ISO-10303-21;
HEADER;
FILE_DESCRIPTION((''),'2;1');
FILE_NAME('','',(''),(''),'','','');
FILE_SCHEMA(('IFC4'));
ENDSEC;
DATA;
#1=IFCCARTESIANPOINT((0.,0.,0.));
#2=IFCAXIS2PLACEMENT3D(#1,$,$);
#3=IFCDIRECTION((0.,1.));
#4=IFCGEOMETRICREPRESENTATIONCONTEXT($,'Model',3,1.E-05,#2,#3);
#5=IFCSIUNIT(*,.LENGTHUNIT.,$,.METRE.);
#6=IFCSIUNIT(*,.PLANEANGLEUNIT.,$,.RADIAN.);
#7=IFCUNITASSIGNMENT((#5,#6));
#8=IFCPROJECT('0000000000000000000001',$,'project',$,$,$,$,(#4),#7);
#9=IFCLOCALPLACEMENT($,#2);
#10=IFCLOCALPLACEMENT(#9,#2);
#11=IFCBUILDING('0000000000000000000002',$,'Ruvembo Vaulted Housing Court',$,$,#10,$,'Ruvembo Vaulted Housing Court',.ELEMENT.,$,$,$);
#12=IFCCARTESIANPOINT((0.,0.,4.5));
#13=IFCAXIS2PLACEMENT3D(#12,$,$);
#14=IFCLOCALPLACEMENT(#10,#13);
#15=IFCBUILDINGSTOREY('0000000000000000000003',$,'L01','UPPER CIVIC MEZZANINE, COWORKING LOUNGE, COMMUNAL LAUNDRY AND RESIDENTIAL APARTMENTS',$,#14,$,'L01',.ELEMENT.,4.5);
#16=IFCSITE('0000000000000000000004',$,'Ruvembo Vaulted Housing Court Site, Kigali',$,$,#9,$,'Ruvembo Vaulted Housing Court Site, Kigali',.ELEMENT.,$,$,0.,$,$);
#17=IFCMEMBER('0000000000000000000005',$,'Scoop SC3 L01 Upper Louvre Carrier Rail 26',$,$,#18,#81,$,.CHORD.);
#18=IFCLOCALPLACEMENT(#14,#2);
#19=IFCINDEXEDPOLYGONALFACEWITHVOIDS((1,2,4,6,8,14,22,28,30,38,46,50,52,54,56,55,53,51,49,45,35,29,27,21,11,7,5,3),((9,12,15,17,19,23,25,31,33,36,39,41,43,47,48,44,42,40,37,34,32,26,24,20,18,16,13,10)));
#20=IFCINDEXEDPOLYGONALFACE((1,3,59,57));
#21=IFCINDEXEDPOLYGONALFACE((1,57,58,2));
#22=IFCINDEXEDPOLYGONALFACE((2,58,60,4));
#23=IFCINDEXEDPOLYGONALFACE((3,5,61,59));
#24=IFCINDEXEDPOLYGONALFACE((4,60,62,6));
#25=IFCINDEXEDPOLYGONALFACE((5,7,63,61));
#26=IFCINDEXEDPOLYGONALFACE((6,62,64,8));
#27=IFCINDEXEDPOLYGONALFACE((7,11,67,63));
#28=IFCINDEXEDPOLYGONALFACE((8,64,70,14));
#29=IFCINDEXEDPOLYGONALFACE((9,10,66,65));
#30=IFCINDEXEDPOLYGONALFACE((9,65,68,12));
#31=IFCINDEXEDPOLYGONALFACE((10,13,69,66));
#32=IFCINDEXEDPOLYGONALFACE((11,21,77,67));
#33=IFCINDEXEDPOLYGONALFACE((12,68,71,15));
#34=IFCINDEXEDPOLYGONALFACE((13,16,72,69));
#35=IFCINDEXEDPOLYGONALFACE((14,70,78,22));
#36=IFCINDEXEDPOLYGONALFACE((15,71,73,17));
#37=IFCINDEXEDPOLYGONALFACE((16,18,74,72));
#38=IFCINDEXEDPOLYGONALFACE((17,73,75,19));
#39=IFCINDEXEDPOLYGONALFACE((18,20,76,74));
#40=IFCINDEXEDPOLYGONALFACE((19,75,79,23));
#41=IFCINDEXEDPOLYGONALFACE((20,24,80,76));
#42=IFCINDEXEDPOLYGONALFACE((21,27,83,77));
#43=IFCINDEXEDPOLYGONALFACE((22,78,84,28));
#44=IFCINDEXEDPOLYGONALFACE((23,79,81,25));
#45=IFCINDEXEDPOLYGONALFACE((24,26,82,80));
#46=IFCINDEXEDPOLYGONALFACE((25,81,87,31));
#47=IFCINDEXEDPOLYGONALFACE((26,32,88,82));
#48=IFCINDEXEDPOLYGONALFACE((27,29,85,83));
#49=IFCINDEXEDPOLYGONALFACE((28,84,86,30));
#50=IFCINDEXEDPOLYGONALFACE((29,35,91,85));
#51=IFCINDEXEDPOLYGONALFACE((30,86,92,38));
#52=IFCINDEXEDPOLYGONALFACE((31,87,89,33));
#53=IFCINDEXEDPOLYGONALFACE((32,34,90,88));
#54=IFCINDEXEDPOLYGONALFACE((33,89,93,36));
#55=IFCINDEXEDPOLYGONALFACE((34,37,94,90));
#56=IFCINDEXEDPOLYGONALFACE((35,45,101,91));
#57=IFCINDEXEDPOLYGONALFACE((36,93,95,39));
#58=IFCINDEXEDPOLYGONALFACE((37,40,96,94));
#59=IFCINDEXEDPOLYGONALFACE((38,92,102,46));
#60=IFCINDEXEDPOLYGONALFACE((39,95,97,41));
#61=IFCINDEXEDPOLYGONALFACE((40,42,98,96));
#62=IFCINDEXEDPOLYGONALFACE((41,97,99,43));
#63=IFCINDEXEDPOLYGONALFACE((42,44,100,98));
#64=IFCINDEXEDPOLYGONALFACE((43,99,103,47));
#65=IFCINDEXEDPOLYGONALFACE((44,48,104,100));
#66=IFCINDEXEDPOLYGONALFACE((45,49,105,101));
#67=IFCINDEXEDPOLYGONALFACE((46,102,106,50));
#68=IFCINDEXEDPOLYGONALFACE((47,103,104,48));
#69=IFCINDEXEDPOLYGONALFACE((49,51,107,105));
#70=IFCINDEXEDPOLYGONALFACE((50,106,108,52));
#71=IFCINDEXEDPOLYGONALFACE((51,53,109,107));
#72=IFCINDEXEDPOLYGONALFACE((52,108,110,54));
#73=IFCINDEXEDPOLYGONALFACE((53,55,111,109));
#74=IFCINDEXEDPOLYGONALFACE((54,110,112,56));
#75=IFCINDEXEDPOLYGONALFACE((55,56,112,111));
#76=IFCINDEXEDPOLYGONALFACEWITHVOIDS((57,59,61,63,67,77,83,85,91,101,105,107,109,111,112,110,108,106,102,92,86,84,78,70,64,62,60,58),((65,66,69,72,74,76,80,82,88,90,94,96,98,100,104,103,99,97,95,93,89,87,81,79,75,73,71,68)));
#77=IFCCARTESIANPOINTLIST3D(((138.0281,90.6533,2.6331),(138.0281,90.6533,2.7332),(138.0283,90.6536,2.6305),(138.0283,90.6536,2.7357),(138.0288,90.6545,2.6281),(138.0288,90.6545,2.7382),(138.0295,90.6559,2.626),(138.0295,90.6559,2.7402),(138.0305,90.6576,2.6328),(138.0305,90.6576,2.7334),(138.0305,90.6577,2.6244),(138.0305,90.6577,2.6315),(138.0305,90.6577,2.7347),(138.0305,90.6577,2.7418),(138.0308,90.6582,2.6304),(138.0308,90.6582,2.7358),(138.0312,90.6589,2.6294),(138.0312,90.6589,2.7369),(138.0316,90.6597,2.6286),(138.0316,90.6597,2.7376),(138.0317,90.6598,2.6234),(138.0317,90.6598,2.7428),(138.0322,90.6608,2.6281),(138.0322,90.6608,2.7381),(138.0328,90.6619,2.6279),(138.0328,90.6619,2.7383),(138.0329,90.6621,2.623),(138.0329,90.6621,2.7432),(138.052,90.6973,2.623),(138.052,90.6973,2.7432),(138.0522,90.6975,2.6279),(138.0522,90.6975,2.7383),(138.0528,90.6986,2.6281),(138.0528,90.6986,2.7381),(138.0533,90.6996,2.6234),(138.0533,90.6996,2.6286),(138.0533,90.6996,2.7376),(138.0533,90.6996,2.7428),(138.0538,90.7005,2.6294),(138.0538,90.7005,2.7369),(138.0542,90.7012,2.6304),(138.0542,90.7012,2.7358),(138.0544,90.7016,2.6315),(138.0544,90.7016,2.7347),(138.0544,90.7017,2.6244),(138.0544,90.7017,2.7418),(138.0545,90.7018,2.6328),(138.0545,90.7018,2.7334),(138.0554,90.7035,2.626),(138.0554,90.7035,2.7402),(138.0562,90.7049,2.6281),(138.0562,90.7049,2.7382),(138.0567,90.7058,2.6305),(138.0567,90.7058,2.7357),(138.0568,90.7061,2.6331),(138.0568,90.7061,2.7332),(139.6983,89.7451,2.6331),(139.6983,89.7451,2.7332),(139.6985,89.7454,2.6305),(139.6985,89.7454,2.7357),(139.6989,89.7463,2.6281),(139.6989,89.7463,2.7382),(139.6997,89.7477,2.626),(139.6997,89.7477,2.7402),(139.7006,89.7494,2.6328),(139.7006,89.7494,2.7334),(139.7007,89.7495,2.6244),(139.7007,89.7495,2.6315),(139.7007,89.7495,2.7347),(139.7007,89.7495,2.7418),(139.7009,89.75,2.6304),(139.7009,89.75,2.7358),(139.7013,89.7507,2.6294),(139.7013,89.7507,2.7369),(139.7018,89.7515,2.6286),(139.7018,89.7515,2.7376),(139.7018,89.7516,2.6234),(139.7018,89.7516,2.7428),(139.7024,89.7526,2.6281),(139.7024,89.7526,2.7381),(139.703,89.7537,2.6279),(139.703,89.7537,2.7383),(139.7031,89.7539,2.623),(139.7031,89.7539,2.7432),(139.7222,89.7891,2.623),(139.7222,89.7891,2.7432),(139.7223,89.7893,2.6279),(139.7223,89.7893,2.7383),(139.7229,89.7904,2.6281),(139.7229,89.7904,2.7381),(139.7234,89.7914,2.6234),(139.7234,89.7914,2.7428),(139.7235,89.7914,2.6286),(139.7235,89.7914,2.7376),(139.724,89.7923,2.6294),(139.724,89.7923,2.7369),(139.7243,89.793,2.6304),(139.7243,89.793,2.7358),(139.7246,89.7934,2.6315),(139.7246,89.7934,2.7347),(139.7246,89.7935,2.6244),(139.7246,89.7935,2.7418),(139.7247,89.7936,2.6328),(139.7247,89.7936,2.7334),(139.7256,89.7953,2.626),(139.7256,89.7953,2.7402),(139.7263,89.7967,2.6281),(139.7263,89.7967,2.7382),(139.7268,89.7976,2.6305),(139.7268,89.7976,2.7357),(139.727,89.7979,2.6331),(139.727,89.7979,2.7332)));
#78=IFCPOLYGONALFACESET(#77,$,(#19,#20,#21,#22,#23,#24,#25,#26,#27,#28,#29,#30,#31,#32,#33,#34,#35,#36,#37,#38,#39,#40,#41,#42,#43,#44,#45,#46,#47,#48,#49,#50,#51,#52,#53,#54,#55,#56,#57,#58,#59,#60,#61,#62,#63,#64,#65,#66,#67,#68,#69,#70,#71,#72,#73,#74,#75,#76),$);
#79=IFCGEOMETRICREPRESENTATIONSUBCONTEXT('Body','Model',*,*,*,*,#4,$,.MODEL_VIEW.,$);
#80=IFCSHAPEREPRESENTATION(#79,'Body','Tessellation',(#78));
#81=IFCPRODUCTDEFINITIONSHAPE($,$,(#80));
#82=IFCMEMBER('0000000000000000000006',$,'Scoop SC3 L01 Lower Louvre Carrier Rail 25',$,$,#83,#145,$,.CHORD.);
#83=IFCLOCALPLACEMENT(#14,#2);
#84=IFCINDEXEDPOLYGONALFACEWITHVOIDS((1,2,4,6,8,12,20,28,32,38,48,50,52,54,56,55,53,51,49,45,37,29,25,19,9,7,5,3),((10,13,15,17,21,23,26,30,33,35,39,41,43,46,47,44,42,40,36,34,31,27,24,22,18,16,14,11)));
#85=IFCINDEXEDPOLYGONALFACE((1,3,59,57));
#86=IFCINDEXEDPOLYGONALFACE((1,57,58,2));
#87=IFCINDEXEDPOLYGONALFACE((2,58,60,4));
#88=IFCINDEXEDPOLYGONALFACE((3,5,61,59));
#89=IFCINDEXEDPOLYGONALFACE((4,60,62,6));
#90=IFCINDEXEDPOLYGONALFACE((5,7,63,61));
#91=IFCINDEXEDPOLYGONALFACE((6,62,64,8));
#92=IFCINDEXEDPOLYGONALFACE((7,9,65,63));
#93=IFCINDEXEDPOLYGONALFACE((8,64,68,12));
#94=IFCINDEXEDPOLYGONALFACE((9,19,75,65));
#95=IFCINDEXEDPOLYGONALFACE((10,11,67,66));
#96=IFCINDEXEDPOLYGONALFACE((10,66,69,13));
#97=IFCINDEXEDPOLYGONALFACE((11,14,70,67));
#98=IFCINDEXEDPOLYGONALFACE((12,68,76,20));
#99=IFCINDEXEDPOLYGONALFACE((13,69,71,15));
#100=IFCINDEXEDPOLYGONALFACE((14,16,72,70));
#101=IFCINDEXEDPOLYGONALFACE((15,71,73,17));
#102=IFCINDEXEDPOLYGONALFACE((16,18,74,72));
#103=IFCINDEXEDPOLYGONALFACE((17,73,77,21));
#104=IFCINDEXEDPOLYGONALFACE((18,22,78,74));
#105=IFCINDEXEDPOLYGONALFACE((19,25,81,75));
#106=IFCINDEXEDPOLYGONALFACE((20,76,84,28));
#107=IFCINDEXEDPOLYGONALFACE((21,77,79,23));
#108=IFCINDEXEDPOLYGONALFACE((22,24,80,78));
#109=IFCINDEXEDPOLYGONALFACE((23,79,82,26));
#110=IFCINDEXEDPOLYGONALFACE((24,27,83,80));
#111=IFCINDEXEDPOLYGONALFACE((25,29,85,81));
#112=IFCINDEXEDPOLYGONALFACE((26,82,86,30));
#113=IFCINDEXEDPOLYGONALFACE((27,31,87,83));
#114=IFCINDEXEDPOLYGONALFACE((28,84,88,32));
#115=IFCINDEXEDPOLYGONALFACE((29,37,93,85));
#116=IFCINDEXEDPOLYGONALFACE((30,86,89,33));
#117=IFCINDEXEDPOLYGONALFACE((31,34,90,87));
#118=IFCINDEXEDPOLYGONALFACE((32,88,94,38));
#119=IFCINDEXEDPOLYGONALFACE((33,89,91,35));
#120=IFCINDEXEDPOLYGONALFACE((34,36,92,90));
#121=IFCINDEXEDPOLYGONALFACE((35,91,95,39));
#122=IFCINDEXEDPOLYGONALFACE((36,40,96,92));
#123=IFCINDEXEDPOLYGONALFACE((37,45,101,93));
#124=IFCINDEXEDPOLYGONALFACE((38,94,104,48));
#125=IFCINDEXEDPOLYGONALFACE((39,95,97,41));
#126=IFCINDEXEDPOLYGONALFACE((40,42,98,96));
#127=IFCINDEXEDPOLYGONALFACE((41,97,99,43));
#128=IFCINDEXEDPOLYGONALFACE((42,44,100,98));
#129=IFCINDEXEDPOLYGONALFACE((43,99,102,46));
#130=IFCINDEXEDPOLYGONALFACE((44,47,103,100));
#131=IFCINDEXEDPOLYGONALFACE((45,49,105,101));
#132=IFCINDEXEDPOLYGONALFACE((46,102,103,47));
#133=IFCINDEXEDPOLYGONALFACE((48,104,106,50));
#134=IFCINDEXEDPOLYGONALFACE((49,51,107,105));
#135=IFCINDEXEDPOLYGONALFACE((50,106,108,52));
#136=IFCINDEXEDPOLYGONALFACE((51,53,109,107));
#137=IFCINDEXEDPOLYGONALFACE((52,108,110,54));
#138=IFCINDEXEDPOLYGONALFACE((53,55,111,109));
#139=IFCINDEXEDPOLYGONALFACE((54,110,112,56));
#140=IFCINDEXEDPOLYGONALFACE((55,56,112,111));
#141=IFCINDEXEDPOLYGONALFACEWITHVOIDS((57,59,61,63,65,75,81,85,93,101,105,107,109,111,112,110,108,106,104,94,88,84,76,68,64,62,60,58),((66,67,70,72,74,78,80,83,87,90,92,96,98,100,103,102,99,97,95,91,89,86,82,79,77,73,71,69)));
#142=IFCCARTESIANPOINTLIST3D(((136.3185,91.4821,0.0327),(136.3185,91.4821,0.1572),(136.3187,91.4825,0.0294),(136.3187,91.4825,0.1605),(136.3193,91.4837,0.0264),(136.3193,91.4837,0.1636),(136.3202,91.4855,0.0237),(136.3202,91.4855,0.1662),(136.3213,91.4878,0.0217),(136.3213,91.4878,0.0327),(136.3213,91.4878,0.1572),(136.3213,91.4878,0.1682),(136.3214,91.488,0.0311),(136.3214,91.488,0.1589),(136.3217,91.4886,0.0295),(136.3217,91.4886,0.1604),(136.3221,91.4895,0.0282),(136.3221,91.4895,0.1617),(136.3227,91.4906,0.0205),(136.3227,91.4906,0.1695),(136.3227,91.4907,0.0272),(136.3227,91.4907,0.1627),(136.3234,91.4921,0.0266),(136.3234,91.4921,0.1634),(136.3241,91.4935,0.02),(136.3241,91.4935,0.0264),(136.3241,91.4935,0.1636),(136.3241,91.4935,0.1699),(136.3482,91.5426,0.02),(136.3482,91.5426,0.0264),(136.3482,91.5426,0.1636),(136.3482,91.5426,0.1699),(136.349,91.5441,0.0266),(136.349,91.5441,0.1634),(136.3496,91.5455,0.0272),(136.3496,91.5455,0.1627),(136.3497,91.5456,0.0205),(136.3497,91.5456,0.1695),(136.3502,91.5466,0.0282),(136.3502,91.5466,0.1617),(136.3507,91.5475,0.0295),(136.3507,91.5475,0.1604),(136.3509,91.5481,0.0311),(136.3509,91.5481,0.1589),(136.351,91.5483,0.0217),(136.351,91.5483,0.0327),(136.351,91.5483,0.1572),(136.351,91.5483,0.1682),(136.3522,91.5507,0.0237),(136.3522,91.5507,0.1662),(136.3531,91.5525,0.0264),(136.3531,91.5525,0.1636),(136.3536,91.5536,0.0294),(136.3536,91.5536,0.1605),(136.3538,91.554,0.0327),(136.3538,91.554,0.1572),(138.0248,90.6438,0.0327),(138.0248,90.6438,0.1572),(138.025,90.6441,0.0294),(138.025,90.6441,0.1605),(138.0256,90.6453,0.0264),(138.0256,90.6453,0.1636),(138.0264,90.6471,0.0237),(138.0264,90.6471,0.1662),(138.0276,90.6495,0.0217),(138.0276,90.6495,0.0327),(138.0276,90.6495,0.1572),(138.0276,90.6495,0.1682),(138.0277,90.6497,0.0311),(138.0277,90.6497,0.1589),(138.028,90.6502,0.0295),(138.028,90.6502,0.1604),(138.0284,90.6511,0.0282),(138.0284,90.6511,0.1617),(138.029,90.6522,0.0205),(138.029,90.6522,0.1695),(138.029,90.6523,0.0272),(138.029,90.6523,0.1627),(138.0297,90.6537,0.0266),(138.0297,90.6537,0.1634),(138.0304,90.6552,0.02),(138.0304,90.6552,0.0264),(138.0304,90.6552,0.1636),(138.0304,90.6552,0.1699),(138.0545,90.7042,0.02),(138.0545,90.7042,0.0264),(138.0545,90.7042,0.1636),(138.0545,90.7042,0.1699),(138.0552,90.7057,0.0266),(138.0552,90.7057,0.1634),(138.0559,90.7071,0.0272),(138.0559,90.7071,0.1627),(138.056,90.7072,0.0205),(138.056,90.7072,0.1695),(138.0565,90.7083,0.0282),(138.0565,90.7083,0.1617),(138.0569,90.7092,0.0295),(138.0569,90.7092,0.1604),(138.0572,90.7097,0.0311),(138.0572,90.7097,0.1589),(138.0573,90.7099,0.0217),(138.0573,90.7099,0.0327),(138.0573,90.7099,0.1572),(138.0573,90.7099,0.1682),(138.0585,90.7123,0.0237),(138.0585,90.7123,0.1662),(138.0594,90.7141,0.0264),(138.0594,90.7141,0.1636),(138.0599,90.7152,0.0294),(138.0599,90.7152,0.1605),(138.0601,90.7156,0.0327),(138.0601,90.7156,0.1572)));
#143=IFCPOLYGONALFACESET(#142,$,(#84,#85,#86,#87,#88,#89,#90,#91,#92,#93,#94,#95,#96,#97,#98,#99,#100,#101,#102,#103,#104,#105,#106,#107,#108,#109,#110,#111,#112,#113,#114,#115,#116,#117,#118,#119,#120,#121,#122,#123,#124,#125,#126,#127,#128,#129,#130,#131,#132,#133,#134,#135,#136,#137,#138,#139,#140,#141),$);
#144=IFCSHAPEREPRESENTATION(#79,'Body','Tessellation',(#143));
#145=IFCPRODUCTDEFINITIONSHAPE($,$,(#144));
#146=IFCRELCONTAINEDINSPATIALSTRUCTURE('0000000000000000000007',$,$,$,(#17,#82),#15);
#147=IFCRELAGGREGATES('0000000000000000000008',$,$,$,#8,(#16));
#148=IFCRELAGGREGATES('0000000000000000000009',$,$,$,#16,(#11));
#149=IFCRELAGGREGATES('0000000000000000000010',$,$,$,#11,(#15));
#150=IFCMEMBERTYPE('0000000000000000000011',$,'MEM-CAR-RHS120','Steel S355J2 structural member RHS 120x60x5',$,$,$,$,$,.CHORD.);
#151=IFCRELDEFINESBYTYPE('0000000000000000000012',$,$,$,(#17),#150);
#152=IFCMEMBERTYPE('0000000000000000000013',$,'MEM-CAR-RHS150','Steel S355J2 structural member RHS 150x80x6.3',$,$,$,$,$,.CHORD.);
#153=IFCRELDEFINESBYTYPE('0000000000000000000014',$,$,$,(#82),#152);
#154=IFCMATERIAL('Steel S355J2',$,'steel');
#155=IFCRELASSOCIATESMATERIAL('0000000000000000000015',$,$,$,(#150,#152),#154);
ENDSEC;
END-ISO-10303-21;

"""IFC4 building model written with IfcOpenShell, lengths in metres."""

from ifc_helpers import new_model, si_unit, direction, frame, origin, origin_2d, place, context, subcontext, project, spatial, hollow_rectangle, extrude, material, material_profile, profile_set, type_object, element, save


model = new_model("IFC4")

# Units and contexts
model_context = context("Model", 3, precision=1e-05, world=origin(), true_north=direction((0.0, 1.0)))
body_context = subcontext(model_context, "Body", "Model", "MODEL_VIEW")
ifc_project = project(units=[si_unit("LENGTHUNIT", "METRE"), si_unit("PLANEANGLEUNIT", "RADIAN")], contexts=[model_context])

# Site, building, storey
site_placement = place(None, origin())
site = spatial("IfcSite", under=ifc_project, at=site_placement, Name="Ruvembo Vaulted Housing Court Site, Kigali", LongName="Ruvembo Vaulted Housing Court Site, Kigali", CompositionType="ELEMENT", RefElevation=0.0)
building_placement = place(site_placement, origin())
building = spatial("IfcBuilding", under=site, at=building_placement, Name="Ruvembo Vaulted Housing Court", LongName="Ruvembo Vaulted Housing Court", CompositionType="ELEMENT")
storey_placement = place(building_placement, frame((0.0, 0.0, 4.5)))
storey = spatial("IfcBuildingStorey", under=building, at=storey_placement, Name="L01", Description="UPPER CIVIC MEZZANINE, COWORKING LOUNGE, COMMUNAL LAUNDRY AND RESIDENTIAL APARTMENTS", LongName="L01", CompositionType="ELEMENT", Elevation=4.5)

# Shared definitions
ifc_material_1 = material(Name="Steel S355J2", Category="steel")

# Members
ifc_material_profile_1 = material_profile(ifc_material_1, hollow_rectangle(XDim=0.0601, YDim=0.1201, WallThickness=0.0049, InnerFilletRadius=0.0049, OuterFilletRadius=0.01, at=origin_2d()), Name="RHS 120x60x5")
ifc_profile_set_1 = profile_set([ifc_material_profile_1], Name="Steel S355J2")
member_type_1 = type_object("IfcMemberType", Name="MEM-CAR-RHS120", Description="Steel S355J2 structural member RHS 120x60x5", PredefinedType="CHORD", material=ifc_profile_set_1)
for number, where, z_axis, x_axis, name in (
    (1, (138.0425, 90.6797, 2.6831), (0.878513, -0.477718, 0.0), (0.477718, 0.878513, 0.0), "Scoop SC3 L01 Upper Louvre Carrier Rail 26"),
):
    element("IfcMember", number, at=place(storey_placement, frame(where, z_axis=z_axis, x_axis=x_axis)), inside=storey, type_object=member_type_1, Name=name, PredefinedType="CHORD", context=body_context, shape_type="SweptSolid", body=[
        extrude(hollow_rectangle(XDim=0.0601, YDim=0.1201, WallThickness=0.0049, InnerFilletRadius=0.0049, OuterFilletRadius=0.01, at=origin_2d()), origin(), (0.0, 0.0, 1.0), 1.9011),
    ])
ifc_material_profile_2 = material_profile(ifc_material_1, hollow_rectangle(XDim=0.0801, YDim=0.1499, WallThickness=0.0063, InnerFilletRadius=0.0063, OuterFilletRadius=0.0127, at=origin_2d()), Name="RHS 150x80x6.3")
ifc_profile_set_2 = profile_set([ifc_material_profile_2], Name="Steel S355J2")
member_type_2 = type_object("IfcMemberType", Name="MEM-CAR-RHS150", Description="Steel S355J2 structural member RHS 150x80x6.3", PredefinedType="CHORD", material=ifc_profile_set_2)
for number, where, z_axis, x_axis, name in (
    (2, (136.3362, 91.5181, 0.095), (0.897513, -0.440987, 0.0), (0.440987, 0.897513, 0.0), "Scoop SC3 L01 Lower Louvre Carrier Rail 25"),
):
    element("IfcMember", number, at=place(storey_placement, frame(where, z_axis=z_axis, x_axis=x_axis)), inside=storey, type_object=member_type_2, Name=name, PredefinedType="CHORD", context=body_context, shape_type="SweptSolid", body=[
        extrude(hollow_rectangle(XDim=0.0801, YDim=0.1499, WallThickness=0.0063, InnerFilletRadius=0.0063, OuterFilletRadius=0.0127, at=origin_2d()), origin(), (0.0, 0.0, 1.0), 1.9011),
    ])

save(model, "model.ifc")
